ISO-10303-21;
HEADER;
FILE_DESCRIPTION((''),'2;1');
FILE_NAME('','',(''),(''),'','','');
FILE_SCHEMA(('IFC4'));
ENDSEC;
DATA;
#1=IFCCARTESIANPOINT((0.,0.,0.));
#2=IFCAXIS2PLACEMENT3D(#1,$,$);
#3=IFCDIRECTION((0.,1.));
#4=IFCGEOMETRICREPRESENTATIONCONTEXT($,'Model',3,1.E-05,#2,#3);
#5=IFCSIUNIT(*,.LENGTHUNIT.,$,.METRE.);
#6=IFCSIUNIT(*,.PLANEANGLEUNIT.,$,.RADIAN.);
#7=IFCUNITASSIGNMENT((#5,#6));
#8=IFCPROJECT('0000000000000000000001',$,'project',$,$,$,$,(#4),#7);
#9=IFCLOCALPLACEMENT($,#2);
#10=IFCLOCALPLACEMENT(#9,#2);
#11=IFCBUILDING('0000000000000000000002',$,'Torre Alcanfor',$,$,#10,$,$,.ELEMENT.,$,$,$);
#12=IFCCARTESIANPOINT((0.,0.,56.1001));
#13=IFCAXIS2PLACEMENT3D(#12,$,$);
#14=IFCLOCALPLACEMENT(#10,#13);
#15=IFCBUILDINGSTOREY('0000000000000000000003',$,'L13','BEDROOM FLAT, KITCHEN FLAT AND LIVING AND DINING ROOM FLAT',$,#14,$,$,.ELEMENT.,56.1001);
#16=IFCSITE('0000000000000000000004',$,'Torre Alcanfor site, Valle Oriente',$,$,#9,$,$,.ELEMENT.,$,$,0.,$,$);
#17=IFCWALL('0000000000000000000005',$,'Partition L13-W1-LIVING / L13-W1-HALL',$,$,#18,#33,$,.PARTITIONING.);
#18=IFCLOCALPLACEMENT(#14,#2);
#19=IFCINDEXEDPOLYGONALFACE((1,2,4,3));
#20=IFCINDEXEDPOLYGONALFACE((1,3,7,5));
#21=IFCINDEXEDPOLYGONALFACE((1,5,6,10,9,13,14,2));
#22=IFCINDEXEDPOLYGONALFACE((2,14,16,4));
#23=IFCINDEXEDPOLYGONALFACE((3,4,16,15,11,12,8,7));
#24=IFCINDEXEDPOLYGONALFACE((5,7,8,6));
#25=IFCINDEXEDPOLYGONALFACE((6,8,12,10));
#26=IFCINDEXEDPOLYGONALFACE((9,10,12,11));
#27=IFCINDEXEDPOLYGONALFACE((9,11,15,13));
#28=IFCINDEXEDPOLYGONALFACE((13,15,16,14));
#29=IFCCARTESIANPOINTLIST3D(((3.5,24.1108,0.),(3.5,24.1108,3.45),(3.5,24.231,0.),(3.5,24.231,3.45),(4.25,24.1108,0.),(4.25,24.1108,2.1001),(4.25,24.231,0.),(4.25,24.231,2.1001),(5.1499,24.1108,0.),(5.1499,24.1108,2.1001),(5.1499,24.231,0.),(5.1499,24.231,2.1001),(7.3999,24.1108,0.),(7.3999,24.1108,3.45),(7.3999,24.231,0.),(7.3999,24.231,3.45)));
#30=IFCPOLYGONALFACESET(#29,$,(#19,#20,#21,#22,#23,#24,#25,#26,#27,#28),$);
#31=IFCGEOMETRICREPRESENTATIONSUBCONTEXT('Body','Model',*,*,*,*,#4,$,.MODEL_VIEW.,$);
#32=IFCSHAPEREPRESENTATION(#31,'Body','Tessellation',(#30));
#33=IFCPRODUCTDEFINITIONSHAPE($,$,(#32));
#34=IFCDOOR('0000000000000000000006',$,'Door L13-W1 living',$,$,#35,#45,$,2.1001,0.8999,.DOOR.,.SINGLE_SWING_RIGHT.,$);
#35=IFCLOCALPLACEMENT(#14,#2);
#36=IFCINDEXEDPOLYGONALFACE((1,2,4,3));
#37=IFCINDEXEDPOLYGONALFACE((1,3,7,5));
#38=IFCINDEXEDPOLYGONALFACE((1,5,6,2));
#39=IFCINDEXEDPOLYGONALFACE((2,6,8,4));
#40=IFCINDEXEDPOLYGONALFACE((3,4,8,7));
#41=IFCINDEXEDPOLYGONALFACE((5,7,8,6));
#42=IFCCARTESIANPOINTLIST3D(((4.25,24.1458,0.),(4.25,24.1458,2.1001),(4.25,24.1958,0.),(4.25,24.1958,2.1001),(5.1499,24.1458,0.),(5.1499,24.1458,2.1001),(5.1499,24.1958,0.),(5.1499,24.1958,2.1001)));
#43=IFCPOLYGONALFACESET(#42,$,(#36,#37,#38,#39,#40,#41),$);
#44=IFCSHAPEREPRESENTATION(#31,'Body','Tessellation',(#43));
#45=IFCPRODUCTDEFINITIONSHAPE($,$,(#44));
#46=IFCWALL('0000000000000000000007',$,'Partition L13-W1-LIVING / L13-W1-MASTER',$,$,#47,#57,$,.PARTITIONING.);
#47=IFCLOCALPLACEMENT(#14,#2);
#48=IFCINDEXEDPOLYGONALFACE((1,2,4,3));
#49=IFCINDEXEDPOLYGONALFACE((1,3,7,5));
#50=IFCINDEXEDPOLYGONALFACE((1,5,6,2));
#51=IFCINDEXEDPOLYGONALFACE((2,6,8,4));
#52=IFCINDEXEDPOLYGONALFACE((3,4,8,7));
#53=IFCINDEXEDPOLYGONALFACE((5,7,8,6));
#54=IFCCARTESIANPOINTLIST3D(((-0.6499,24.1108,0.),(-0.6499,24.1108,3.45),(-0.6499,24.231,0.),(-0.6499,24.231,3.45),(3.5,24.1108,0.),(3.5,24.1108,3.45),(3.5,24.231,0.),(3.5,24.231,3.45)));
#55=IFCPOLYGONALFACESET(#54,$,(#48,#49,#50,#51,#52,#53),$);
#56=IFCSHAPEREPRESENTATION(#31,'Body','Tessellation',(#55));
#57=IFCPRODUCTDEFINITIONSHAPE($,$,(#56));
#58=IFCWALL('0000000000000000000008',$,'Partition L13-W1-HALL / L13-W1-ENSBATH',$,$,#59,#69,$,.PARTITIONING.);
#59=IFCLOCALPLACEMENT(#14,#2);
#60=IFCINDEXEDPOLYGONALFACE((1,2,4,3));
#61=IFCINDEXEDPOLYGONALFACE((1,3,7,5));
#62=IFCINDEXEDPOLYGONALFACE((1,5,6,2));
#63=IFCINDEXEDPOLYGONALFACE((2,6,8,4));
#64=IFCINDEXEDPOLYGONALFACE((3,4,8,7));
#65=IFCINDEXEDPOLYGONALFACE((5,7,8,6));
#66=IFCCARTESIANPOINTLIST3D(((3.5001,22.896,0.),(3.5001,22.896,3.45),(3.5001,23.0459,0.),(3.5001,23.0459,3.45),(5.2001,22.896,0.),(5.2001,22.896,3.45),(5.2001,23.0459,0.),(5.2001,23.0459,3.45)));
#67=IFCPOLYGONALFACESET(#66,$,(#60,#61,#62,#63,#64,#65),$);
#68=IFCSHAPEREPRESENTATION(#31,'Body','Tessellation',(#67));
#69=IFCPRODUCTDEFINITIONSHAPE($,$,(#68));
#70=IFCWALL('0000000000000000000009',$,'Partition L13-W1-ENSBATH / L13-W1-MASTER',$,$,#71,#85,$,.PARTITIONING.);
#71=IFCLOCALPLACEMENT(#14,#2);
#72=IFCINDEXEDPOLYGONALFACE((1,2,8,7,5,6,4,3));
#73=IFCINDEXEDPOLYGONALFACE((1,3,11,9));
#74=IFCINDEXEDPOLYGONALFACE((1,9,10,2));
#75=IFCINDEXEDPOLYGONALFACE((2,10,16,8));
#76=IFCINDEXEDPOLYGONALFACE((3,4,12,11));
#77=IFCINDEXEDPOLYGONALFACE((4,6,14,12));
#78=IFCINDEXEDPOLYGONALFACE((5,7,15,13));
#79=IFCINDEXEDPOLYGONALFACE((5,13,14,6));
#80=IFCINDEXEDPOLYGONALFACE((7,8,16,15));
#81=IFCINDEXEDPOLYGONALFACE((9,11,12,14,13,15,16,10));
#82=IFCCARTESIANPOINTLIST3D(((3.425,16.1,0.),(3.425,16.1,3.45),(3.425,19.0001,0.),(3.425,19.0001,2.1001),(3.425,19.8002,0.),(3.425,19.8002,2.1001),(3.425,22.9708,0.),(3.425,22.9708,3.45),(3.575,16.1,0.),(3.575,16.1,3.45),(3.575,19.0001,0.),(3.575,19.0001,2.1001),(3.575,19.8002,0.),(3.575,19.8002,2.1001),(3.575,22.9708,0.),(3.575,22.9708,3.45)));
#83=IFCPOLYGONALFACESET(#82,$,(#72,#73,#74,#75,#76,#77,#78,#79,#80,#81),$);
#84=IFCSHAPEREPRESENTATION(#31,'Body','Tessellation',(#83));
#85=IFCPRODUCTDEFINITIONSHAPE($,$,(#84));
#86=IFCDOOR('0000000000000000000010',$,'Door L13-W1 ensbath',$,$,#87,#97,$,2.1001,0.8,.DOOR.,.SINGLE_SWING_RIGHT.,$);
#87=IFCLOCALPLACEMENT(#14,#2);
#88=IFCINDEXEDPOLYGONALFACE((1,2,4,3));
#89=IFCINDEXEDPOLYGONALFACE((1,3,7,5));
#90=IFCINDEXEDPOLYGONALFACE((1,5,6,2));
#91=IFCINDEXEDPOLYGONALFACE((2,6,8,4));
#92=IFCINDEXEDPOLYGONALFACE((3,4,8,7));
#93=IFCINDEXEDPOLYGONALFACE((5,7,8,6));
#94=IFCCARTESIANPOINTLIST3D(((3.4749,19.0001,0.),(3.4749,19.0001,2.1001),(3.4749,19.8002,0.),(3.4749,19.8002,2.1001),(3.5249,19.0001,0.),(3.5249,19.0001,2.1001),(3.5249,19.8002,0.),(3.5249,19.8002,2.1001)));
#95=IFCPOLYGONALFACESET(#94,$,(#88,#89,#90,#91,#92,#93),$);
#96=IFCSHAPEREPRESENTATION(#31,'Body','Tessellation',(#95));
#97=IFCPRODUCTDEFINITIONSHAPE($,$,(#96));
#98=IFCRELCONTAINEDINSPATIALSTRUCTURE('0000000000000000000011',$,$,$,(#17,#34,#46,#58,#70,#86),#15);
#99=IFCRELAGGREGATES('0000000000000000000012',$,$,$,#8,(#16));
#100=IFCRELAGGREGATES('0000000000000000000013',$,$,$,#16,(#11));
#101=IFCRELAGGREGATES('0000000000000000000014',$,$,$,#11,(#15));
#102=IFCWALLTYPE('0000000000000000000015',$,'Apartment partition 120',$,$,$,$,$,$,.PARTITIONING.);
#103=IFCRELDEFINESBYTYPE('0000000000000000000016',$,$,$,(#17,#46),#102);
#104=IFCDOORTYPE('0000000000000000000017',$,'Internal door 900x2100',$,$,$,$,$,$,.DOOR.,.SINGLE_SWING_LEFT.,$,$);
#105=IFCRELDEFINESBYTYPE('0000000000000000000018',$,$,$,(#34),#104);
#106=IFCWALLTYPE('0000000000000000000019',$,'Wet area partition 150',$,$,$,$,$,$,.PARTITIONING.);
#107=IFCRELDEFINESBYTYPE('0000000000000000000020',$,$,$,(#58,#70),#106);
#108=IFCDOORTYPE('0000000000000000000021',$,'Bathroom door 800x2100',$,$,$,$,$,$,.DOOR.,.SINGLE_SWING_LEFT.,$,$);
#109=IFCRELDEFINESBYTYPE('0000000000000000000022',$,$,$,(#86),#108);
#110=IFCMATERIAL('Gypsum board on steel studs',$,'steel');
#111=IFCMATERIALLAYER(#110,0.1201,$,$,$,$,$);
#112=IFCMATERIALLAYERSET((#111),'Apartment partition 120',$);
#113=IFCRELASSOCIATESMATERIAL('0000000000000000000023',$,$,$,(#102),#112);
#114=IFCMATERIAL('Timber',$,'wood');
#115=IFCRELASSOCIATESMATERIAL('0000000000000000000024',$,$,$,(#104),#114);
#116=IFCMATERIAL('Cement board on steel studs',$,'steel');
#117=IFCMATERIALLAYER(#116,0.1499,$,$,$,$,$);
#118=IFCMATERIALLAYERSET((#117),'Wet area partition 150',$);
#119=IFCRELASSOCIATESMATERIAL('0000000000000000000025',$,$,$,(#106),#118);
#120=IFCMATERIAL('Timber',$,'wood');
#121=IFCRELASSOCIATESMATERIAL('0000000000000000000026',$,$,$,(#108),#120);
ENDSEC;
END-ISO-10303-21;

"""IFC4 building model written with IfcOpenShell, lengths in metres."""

from ifc_helpers import new_model, si_unit, direction, frame, frame_2d, origin, place, context, subcontext, project, spatial, rectangle, extrude, material, layer, layer_set, type_object, element, fill, save


model = new_model("IFC4")

# Units and contexts
model_context = context("Model", 3, precision=1e-05, world=origin(), true_north=direction((0.0, 1.0)))
body_context = subcontext(model_context, "Body", "Model", "MODEL_VIEW")
ifc_project = project(units=[si_unit("LENGTHUNIT", "METRE"), si_unit("PLANEANGLEUNIT", "RADIAN")], contexts=[model_context])

# Site, building, storey
site_placement = place(None, origin())
site = spatial("IfcSite", under=ifc_project, at=site_placement, Name="Torre Alcanfor site, Valle Oriente", CompositionType="ELEMENT", RefElevation=0.0)
building_placement = place(site_placement, origin())
building = spatial("IfcBuilding", under=site, at=building_placement, Name="Torre Alcanfor", CompositionType="ELEMENT")
storey_placement = place(building_placement, frame((0.0, 0.0, 56.1001)))
storey = spatial("IfcBuildingStorey", under=building, at=storey_placement, Name="L13", Description="BEDROOM FLAT, KITCHEN FLAT AND LIVING AND DINING ROOM FLAT", CompositionType="ELEMENT", Elevation=56.1001)

# Wall, opening, door
ifc_material_1 = material(Name="Gypsum board on steel studs", Category="steel")
ifc_layer_1 = layer(ifc_material_1, 0.1201)
ifc_layer_set_1 = layer_set([ifc_layer_1], Name="Apartment partition 120")
wall_type_1 = type_object("IfcWallType", Name="Apartment partition 120", PredefinedType="PARTITIONING", material=ifc_layer_set_1)
wall_1_placement = place(storey_placement, frame((3.5, 24.1709, 0.0), z_axis=(0.0, 0.0, 1.0), x_axis=(1.0, 0.0, 0.0)))
wall_1 = element("IfcWall", 1, at=wall_1_placement, inside=storey, type_object=wall_type_1, Name="Partition L13-W1-LIVING / L13-W1-HALL", PredefinedType="PARTITIONING", context=body_context, shape_type="SweptSolid", body=[
    extrude(rectangle(XDim=3.8999, YDim=0.1201, at=frame_2d((1.95, 0.0))), origin(), (0.0, 0.0, 1.0), 3.45),
])
opening_1_placement = place(wall_1_placement, frame((0.75, 0.0, 0.0)))
opening_1 = element("IfcOpeningElement", 2, at=opening_1_placement, cuts=wall_1, PredefinedType="OPENING", context=body_context, shape_type="SweptSolid", body=[
    extrude(rectangle(XDim=0.8999, YDim=2.1001, at=frame_2d((0.45, 1.05))), frame((0.0, 0.0701, 0.0), z_axis=(0.0, -1.0, 0.0), x_axis=(1.0, 0.0, 0.0)), (0.0, 0.0, 1.0), 0.1401),
])
ifc_material_2 = material(Name="Timber", Category="wood")
door_type_1 = type_object("IfcDoorType", Name="Internal door 900x2100", OperationType="SINGLE_SWING_LEFT", PredefinedType="DOOR", material=ifc_material_2)
door_1_placement = place(opening_1_placement, origin())
door_1 = element("IfcDoor", 3, at=door_1_placement, inside=storey, type_object=door_type_1, Name="Door L13-W1 living", OperationType="SINGLE_SWING_RIGHT", OverallHeight=2.1001, OverallWidth=0.8999, PredefinedType="DOOR", context=body_context, shape_type="SweptSolid", body=[
    extrude(rectangle(XDim=0.8999, YDim=2.1001, at=frame_2d((0.45, 1.05))), frame((0.0, 0.0249, 0.0), z_axis=(0.0, -1.0, 0.0), x_axis=(1.0, 0.0, 0.0)), (0.0, 0.0, 1.0), 0.05),
])
fill(opening_1, door_1)

# Walls
wall_2_placement = place(storey_placement, frame((-0.6499, 24.1709, 0.0), z_axis=(0.0, 0.0, 1.0), x_axis=(1.0, 0.0, 0.0)))
element("IfcWall", 4, at=wall_2_placement, inside=storey, type_object=wall_type_1, Name="Partition L13-W1-LIVING / L13-W1-MASTER", PredefinedType="PARTITIONING", context=body_context, shape_type="SweptSolid", body=[
    extrude(rectangle(XDim=4.1499, YDim=0.1201, at=frame_2d((2.075, 0.0))), origin(), (0.0, 0.0, 1.0), 3.45),
])
ifc_material_3 = material(Name="Cement board on steel studs", Category="steel")
ifc_layer_2 = layer(ifc_material_3, 0.1499)
ifc_layer_set_2 = layer_set([ifc_layer_2], Name="Wet area partition 150")
wall_type_2 = type_object("IfcWallType", Name="Wet area partition 150", PredefinedType="PARTITIONING", material=ifc_layer_set_2)
wall_3_placement = place(storey_placement, frame((3.5, 22.9709, 0.0), z_axis=(0.0, 0.0, 1.0), x_axis=(1.0, 0.0, 0.0)))
element("IfcWall", 5, at=wall_3_placement, inside=storey, type_object=wall_type_2, Name="Partition L13-W1-HALL / L13-W1-ENSBATH", PredefinedType="PARTITIONING", context=body_context, shape_type="SweptSolid", body=[
    extrude(rectangle(XDim=1.7, YDim=0.1499, at=frame_2d((0.8501, 0.0))), origin(), (0.0, 0.0, 1.0), 3.45),
])

# Wall, opening, door
wall_4_placement = place(storey_placement, frame((3.5, 22.9709, 0.0), z_axis=(0.0, 0.0, 1.0), x_axis=(0.0, -1.0, 0.0)))
wall_4 = element("IfcWall", 6, at=wall_4_placement, inside=storey, type_object=wall_type_2, Name="Partition L13-W1-ENSBATH / L13-W1-MASTER", PredefinedType="PARTITIONING", context=body_context, shape_type="SweptSolid", body=[
    extrude(rectangle(XDim=6.8708, YDim=0.1499, at=frame_2d((3.4355, 0.0))), origin(), (0.0, 0.0, 1.0), 3.45),
])
opening_2_placement = place(wall_4_placement, frame((3.1709, 0.0, 0.0)))
opening_2 = element("IfcOpeningElement", 7, at=opening_2_placement, cuts=wall_4, PredefinedType="OPENING", context=body_context, shape_type="SweptSolid", body=[
    extrude(rectangle(XDim=0.8, YDim=2.1001, at=frame_2d((0.3999, 1.05))), frame((0.0, 0.085, 0.0), z_axis=(0.0, -1.0, 0.0), x_axis=(1.0, 0.0, 0.0)), (0.0, 0.0, 1.0), 0.1699),
])
ifc_material_4 = material(Name="Timber", Category="wood")
door_type_2 = type_object("IfcDoorType", Name="Bathroom door 800x2100", OperationType="SINGLE_SWING_LEFT", PredefinedType="DOOR", material=ifc_material_4)
door_2_placement = place(opening_2_placement, origin())
door_2 = element("IfcDoor", 8, at=door_2_placement, inside=storey, type_object=door_type_2, Name="Door L13-W1 ensbath", OperationType="SINGLE_SWING_RIGHT", OverallHeight=2.1001, OverallWidth=0.8, PredefinedType="DOOR", context=body_context, shape_type="SweptSolid", body=[
    extrude(rectangle(XDim=0.8, YDim=2.1001, at=frame_2d((0.3999, 1.05))), frame((0.0, 0.0249, 0.0), z_axis=(0.0, -1.0, 0.0), x_axis=(1.0, 0.0, 0.0)), (0.0, 0.0, 1.0), 0.05),
])
fill(opening_2, door_2)

save(model, "model.ifc")
